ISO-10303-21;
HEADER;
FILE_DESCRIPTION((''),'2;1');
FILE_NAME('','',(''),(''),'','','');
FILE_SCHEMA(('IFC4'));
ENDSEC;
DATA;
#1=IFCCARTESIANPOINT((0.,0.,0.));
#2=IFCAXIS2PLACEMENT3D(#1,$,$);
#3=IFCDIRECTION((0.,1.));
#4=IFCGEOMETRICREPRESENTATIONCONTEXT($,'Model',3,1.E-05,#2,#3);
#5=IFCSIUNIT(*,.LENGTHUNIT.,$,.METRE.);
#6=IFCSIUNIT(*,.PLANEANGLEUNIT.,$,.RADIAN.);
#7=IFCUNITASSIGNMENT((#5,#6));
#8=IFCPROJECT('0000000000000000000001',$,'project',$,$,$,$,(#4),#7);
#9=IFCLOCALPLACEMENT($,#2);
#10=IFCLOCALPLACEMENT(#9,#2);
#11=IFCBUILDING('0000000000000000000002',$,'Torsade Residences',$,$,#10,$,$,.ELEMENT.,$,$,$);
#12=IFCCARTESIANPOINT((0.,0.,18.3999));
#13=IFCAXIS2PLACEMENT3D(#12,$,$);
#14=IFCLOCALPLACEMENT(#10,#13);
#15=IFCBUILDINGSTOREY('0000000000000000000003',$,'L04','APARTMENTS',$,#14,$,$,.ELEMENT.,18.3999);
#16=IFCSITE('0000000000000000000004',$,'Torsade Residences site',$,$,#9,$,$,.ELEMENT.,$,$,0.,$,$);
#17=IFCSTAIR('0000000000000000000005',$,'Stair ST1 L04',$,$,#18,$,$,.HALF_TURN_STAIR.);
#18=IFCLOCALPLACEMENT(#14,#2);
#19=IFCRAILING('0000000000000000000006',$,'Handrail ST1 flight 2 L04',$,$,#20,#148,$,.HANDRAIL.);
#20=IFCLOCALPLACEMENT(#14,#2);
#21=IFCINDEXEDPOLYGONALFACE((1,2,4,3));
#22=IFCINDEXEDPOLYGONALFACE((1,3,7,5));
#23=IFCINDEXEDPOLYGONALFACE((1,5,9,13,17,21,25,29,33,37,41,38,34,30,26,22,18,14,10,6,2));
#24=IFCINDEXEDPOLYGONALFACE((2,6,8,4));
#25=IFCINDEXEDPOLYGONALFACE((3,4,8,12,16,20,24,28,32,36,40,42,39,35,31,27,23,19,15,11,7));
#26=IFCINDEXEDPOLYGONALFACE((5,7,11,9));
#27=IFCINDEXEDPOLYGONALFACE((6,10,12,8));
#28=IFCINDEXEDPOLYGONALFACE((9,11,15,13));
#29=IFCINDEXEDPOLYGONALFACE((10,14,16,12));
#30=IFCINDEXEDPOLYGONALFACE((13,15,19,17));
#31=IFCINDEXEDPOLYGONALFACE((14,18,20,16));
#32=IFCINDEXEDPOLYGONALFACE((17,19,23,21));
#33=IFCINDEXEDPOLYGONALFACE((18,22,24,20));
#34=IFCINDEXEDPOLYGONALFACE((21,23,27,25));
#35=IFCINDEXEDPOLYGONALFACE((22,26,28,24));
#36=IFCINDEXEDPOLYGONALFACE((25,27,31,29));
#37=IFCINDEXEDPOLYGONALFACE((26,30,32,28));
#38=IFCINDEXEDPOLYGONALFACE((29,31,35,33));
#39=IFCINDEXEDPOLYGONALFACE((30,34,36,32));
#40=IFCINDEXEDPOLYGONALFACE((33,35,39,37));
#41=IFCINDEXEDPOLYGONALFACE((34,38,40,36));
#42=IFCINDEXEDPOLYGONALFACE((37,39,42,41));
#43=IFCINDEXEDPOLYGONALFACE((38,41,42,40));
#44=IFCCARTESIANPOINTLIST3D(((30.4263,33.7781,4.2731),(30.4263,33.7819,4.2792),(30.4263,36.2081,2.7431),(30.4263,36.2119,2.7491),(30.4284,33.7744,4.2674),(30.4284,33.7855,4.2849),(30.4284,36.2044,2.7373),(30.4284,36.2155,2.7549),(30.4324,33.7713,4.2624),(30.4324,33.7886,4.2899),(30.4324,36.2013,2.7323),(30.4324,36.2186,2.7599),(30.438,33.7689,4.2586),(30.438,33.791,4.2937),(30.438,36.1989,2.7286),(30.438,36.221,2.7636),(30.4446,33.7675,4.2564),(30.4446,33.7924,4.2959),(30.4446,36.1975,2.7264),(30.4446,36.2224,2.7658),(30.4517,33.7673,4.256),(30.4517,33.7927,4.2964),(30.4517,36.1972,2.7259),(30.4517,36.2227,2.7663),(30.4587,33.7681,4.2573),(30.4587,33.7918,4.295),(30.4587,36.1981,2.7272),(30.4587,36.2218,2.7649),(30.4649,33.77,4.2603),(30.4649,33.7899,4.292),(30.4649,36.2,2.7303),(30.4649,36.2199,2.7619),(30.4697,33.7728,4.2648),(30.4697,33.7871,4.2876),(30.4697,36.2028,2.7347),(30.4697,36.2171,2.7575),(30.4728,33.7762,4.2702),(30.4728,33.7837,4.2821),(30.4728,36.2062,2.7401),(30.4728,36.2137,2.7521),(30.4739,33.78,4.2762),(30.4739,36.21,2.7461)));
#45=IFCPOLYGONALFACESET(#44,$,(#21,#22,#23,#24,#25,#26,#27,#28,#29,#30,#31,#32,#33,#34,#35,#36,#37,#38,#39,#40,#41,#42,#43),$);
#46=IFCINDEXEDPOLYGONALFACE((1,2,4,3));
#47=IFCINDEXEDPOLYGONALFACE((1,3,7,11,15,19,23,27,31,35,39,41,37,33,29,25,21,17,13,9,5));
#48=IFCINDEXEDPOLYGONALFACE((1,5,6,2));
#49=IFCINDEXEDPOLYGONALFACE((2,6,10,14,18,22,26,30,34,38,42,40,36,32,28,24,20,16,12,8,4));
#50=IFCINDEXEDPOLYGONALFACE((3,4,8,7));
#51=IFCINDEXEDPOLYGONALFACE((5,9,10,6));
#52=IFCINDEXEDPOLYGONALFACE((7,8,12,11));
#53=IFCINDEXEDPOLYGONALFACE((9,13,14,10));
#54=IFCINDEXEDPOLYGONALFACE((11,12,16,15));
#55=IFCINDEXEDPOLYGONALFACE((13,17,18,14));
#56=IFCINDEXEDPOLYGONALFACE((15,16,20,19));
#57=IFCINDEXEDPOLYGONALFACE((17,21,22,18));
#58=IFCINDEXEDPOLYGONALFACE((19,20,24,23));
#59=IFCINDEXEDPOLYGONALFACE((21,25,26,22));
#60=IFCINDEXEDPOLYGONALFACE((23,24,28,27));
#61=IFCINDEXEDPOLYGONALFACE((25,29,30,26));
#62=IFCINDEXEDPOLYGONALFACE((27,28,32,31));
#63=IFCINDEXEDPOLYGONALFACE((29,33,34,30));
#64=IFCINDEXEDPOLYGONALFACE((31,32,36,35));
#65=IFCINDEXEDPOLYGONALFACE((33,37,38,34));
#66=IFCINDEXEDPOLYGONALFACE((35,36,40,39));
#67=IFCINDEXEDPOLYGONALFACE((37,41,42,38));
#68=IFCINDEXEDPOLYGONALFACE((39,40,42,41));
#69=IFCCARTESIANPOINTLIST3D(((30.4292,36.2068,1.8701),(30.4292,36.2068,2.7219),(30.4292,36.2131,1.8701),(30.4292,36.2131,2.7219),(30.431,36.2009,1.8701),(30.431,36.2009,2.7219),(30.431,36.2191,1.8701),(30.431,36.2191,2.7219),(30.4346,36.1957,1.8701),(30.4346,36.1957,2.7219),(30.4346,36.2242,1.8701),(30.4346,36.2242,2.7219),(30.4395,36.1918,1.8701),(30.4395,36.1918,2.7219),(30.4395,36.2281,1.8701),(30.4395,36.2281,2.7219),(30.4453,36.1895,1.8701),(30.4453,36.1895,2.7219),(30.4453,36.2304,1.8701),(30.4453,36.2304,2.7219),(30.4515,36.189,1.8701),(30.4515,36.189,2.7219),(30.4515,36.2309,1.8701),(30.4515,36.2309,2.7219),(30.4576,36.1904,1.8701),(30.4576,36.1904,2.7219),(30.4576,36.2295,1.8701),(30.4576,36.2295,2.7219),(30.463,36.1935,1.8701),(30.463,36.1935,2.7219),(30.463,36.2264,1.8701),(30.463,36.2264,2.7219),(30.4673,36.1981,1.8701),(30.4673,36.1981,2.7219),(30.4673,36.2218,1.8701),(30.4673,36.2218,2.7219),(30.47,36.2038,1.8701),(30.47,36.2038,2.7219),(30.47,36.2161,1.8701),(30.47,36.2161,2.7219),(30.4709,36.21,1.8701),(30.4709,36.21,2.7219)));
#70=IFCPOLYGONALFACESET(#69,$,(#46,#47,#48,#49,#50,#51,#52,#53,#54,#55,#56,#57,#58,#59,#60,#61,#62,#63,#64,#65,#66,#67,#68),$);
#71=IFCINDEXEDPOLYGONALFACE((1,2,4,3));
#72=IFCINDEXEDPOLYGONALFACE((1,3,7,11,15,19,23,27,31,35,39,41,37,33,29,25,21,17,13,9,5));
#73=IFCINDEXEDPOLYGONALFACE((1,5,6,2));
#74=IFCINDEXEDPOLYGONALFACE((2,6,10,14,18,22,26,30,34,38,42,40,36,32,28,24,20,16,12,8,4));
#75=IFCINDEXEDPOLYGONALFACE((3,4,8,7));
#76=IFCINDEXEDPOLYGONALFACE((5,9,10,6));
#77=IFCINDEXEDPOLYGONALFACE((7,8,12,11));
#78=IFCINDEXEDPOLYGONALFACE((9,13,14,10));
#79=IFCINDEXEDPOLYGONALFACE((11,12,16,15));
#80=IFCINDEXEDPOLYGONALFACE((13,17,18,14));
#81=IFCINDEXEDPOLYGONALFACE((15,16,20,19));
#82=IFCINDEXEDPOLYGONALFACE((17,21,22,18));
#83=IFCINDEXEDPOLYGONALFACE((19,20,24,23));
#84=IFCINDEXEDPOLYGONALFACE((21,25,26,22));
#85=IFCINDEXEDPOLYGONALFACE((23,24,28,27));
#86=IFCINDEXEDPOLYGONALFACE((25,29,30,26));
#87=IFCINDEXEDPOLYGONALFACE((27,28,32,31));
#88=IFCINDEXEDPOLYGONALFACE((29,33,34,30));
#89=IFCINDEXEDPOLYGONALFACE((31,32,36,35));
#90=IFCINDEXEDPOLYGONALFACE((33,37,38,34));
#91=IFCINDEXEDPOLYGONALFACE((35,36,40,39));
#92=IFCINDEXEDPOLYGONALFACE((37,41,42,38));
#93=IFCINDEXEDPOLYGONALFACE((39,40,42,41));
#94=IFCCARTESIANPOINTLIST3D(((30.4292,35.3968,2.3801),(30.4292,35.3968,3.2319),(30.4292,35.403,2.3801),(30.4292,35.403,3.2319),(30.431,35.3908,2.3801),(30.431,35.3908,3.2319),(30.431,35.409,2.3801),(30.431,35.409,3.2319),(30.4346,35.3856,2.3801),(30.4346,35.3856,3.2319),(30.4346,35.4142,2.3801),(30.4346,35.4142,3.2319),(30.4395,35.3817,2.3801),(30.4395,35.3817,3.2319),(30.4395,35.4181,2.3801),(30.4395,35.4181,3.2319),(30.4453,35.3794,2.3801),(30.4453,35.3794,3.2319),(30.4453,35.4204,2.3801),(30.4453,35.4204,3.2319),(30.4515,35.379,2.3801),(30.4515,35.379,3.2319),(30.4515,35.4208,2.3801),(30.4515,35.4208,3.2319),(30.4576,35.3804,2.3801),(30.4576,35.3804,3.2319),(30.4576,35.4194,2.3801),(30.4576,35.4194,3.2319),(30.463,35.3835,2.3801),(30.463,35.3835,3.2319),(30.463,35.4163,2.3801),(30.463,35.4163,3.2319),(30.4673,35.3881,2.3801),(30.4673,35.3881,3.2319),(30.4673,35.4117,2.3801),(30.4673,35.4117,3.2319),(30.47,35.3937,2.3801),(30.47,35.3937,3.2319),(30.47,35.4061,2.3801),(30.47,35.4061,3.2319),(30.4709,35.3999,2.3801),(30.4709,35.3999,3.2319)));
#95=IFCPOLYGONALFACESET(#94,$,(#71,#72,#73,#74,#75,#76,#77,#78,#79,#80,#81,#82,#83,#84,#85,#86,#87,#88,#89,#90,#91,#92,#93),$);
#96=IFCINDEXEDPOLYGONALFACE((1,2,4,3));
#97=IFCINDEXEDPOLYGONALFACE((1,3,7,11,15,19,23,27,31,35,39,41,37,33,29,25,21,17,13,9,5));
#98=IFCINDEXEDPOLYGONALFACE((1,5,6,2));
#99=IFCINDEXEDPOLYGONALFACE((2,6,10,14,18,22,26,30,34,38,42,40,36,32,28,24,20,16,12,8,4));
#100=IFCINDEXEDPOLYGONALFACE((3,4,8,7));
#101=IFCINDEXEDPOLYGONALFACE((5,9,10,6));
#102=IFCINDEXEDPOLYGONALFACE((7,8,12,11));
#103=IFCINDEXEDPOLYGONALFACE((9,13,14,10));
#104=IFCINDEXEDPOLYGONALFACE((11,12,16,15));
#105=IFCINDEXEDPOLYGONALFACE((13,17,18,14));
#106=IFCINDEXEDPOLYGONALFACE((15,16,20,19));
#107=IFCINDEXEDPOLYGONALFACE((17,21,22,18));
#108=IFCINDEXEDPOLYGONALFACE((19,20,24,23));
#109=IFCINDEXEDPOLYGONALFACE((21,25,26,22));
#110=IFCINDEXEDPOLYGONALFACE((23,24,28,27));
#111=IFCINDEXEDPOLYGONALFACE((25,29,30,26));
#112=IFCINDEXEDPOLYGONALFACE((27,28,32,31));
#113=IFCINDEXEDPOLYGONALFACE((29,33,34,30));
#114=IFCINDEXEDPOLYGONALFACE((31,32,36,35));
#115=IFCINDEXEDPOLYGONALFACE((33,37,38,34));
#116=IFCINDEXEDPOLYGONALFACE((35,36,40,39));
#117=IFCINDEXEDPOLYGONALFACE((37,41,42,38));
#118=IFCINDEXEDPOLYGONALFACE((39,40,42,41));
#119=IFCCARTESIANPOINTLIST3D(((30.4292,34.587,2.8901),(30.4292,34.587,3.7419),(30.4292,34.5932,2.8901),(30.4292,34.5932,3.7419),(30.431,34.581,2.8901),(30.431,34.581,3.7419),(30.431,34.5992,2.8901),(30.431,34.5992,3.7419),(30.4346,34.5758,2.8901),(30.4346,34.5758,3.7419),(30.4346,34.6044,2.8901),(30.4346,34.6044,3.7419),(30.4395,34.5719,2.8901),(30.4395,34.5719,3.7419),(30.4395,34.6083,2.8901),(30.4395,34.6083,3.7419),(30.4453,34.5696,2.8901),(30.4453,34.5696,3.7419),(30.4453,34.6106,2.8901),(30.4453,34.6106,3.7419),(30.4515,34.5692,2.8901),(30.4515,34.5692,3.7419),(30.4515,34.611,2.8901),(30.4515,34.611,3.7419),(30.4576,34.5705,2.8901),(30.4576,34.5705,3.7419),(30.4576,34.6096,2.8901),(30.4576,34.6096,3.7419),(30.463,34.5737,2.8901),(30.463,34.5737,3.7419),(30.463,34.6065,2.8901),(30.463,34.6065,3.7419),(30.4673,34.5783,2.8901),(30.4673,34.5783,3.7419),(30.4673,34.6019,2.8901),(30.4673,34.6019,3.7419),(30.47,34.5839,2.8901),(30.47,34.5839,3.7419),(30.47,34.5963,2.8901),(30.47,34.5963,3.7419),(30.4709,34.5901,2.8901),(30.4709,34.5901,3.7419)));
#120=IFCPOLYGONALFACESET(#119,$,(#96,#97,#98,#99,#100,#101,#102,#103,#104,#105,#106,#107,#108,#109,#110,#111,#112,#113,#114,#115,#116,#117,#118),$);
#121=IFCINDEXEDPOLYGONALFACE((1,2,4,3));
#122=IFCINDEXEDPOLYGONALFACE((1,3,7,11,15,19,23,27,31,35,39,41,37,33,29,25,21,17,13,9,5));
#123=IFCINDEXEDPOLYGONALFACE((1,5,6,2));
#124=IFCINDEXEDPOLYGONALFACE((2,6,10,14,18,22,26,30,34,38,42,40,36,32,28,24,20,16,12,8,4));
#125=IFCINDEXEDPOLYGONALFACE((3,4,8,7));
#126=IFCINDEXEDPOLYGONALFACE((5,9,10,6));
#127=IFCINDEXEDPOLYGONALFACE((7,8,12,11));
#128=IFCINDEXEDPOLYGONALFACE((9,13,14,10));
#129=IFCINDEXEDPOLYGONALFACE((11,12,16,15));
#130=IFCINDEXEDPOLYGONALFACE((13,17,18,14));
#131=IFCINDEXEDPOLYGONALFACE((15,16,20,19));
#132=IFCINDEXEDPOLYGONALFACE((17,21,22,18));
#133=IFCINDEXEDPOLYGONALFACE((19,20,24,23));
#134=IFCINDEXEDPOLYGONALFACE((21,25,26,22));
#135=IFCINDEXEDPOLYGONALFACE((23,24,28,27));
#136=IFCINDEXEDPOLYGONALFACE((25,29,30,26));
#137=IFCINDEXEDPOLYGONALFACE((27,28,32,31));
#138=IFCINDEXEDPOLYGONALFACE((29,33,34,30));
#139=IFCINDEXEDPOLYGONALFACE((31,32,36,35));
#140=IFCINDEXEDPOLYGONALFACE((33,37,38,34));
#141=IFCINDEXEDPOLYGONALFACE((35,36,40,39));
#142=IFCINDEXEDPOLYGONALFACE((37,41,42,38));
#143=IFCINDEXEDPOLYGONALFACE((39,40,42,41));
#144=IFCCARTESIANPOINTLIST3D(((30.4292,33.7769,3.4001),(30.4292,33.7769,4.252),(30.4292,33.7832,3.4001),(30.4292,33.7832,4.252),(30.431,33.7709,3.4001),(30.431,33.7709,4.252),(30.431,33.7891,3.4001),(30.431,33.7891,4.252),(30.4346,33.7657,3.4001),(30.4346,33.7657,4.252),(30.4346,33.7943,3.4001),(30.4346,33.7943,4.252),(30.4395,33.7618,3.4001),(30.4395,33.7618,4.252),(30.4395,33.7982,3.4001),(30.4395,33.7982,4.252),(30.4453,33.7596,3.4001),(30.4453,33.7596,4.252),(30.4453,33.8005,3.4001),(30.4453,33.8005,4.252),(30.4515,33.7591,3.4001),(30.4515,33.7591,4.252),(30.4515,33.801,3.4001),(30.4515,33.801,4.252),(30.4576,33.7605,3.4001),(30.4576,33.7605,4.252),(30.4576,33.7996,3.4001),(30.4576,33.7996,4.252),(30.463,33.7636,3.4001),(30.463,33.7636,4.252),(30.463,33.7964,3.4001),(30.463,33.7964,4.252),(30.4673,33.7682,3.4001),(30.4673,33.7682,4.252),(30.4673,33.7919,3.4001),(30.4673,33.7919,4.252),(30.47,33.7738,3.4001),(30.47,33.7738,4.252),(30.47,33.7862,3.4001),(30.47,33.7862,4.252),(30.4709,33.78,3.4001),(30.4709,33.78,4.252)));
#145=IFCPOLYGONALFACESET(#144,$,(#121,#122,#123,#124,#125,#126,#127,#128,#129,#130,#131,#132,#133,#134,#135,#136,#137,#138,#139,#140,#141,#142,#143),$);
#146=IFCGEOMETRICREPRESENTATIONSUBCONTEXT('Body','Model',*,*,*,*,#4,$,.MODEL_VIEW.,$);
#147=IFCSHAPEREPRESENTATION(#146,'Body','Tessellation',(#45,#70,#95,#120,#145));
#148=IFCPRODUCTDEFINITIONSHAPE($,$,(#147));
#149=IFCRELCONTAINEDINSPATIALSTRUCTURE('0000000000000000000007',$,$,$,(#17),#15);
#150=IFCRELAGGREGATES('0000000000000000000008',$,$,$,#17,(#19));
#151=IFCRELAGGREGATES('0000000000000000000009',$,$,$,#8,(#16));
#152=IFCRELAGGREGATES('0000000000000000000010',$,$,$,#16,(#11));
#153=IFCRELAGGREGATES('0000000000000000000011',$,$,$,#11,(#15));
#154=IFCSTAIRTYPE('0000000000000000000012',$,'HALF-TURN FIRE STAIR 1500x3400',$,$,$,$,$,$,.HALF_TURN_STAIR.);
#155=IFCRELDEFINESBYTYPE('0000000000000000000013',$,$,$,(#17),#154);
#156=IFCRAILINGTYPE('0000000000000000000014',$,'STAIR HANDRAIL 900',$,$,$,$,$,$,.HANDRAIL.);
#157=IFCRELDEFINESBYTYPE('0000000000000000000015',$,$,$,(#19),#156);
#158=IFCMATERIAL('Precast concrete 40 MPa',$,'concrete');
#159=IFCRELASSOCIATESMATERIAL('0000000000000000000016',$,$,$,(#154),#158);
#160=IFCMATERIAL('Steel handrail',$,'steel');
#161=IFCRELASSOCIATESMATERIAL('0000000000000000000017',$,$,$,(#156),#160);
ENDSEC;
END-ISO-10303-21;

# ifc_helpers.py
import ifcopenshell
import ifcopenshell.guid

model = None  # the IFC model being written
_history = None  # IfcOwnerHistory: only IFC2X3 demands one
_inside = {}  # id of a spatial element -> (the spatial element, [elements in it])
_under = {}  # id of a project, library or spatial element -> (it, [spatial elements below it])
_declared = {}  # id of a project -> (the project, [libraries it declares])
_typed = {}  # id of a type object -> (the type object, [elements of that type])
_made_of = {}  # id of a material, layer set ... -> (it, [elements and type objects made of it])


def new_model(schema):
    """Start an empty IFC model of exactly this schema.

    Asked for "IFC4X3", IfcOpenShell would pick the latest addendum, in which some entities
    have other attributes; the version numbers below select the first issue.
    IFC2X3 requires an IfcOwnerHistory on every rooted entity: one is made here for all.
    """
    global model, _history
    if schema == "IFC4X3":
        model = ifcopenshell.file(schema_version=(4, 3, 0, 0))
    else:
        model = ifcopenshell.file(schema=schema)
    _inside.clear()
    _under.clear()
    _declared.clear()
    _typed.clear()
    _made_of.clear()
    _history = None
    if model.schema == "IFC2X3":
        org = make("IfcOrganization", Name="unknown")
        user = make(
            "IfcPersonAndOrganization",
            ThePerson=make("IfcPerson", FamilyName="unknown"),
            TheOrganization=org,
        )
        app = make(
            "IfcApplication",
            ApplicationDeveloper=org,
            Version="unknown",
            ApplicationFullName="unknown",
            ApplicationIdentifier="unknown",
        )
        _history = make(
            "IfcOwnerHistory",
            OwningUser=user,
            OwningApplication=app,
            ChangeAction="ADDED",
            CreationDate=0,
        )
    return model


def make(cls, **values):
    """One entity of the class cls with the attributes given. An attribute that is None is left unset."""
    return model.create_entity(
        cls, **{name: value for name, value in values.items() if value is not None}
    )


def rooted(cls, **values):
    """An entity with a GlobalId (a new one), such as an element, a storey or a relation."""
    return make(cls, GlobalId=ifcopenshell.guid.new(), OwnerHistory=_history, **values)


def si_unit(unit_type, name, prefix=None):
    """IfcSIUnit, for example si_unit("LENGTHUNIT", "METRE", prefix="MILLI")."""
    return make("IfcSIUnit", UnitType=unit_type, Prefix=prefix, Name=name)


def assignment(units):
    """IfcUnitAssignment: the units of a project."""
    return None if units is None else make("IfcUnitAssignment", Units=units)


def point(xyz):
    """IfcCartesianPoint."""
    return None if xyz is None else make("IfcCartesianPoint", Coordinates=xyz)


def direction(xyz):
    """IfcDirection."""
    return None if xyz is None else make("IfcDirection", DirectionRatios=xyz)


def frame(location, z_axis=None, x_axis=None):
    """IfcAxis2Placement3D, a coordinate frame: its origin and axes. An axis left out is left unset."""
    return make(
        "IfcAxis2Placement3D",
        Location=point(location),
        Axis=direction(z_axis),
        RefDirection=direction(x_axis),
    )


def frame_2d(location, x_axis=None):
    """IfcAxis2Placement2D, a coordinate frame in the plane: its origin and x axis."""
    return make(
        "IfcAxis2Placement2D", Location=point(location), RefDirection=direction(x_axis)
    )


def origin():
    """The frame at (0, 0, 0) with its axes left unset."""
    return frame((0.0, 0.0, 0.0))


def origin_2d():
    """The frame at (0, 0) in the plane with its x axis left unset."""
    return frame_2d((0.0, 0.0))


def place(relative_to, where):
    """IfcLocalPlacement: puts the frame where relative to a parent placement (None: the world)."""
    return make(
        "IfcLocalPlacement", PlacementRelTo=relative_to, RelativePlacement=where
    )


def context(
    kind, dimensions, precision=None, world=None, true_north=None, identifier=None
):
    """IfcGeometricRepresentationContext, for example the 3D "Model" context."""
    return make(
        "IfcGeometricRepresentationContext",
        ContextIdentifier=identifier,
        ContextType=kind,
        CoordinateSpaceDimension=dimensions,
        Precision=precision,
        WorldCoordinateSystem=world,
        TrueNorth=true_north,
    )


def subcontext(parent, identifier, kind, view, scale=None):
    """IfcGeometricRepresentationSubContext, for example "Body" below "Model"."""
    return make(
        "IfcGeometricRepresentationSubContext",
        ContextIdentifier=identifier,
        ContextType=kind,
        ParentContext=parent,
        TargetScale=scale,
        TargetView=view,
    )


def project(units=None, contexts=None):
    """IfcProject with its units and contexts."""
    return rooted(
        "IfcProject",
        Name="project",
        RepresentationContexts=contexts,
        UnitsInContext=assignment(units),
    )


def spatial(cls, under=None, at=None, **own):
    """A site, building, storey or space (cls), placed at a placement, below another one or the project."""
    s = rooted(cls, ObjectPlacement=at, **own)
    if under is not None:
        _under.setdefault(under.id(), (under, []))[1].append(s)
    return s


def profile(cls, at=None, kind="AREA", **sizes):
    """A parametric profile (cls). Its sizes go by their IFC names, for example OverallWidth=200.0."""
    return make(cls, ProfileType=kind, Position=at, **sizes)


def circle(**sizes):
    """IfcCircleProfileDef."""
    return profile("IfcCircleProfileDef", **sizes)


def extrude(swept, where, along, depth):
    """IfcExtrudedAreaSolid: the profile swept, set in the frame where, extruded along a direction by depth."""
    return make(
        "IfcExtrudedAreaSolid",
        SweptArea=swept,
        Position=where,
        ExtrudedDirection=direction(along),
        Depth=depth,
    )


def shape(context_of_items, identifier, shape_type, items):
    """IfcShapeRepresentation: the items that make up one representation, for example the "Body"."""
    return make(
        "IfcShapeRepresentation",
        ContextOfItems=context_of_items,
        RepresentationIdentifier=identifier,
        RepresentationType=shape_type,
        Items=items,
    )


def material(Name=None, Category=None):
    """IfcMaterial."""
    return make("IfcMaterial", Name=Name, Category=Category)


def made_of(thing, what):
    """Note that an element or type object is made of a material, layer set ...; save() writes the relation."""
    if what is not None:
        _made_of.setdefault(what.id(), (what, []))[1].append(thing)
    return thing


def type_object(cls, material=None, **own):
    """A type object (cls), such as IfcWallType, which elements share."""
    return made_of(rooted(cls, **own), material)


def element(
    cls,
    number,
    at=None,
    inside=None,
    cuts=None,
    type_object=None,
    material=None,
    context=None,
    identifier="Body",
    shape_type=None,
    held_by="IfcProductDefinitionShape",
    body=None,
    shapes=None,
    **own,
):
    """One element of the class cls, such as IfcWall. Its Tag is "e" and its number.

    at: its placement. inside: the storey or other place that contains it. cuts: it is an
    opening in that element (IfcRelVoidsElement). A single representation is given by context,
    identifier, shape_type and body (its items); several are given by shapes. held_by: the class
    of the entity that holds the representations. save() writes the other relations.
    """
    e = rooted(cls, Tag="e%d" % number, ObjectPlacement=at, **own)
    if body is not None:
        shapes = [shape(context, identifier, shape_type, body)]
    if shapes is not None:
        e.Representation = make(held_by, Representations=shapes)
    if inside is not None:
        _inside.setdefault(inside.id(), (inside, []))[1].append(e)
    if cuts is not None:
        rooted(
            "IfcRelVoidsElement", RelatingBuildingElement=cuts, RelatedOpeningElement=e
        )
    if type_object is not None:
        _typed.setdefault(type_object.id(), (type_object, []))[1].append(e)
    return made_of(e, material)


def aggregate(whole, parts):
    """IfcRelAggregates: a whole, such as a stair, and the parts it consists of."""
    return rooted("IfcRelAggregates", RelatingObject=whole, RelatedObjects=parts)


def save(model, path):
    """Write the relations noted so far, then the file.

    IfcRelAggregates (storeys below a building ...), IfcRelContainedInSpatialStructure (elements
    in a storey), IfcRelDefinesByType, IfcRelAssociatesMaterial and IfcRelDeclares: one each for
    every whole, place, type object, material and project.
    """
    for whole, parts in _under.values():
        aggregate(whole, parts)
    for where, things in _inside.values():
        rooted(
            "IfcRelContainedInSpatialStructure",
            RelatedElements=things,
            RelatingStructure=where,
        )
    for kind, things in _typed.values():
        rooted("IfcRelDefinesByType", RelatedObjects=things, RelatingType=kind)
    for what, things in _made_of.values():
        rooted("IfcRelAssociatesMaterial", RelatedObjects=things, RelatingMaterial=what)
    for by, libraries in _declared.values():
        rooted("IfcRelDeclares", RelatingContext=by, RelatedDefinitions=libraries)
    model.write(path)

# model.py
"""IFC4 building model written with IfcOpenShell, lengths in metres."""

from ifc_helpers import new_model, si_unit, direction, frame, origin, origin_2d, place, context, subcontext, project, spatial, circle, extrude, material, type_object, element, aggregate, save


model = new_model("IFC4")

# Units and contexts
model_context = context("Model", 3, precision=1e-05, world=origin(), true_north=direction((0.0, 1.0)))
body_context = subcontext(model_context, "Body", "Model", "MODEL_VIEW")
ifc_project = project(units=[si_unit("LENGTHUNIT", "METRE"), si_unit("PLANEANGLEUNIT", "RADIAN")], contexts=[model_context])

# Site, building, storey
site_placement = place(None, origin())
site = spatial("IfcSite", under=ifc_project, at=site_placement, Name="Torsade Residences site", CompositionType="ELEMENT", RefElevation=0.0)
building_placement = place(site_placement, origin())
building = spatial("IfcBuilding", under=site, at=building_placement, Name="Torsade Residences", CompositionType="ELEMENT")
storey_placement = place(building_placement, frame((0.0, 0.0, 18.3999)))
storey = spatial("IfcBuildingStorey", under=building, at=storey_placement, Name="L04", Description="APARTMENTS", CompositionType="ELEMENT", Elevation=18.3999)

# Stair, railing
ifc_material_1 = material(Name="Precast concrete 40 MPa", Category="concrete")
stair_type = type_object("IfcStairType", Name="HALF-TURN FIRE STAIR 1500x3400", PredefinedType="HALF_TURN_STAIR", material=ifc_material_1)
stair_placement = place(storey_placement, origin())
stair = element("IfcStair", 1, at=stair_placement, inside=storey, type_object=stair_type, Name="Stair ST1 L04", PredefinedType="HALF_TURN_STAIR")
ifc_material_2 = material(Name="Steel handrail", Category="steel")
railing_type = type_object("IfcRailingType", Name="STAIR HANDRAIL 900", PredefinedType="HANDRAIL", material=ifc_material_2)
railing_1_placement = place(storey_placement, frame((30.45, 36.21, 1.8701)))
railing_1 = element("IfcRailing", 2, at=railing_1_placement, type_object=railing_type, Name="Handrail ST1 flight 2 L04", PredefinedType="HANDRAIL", context=body_context, shape_type="SweptSolid", body=[
    extrude(circle(Radius=0.0239, at=origin_2d()), frame((0.0, 0.0, 0.876), z_axis=(0.0, -0.846221, 0.532831), x_axis=(1.0, 0.0, 0.0)), (0.0, 0.0, 1.0), 2.8716),
    extrude(circle(Radius=0.021, at=origin_2d()), origin(), (0.0, 0.0, 1.0), 0.8518),
    extrude(circle(Radius=0.021, at=origin_2d()), frame((0.0, -0.8101, 0.51)), (0.0, 0.0, 1.0), 0.8518),
    extrude(circle(Radius=0.021, at=origin_2d()), frame((0.0, -1.6199, 1.02)), (0.0, 0.0, 1.0), 0.8518),
    extrude(circle(Radius=0.021, at=origin_2d()), frame((0.0, -2.4299, 1.53)), (0.0, 0.0, 1.0), 0.8518),
])
aggregate(stair, [railing_1])

save(model, "model.ifc")
